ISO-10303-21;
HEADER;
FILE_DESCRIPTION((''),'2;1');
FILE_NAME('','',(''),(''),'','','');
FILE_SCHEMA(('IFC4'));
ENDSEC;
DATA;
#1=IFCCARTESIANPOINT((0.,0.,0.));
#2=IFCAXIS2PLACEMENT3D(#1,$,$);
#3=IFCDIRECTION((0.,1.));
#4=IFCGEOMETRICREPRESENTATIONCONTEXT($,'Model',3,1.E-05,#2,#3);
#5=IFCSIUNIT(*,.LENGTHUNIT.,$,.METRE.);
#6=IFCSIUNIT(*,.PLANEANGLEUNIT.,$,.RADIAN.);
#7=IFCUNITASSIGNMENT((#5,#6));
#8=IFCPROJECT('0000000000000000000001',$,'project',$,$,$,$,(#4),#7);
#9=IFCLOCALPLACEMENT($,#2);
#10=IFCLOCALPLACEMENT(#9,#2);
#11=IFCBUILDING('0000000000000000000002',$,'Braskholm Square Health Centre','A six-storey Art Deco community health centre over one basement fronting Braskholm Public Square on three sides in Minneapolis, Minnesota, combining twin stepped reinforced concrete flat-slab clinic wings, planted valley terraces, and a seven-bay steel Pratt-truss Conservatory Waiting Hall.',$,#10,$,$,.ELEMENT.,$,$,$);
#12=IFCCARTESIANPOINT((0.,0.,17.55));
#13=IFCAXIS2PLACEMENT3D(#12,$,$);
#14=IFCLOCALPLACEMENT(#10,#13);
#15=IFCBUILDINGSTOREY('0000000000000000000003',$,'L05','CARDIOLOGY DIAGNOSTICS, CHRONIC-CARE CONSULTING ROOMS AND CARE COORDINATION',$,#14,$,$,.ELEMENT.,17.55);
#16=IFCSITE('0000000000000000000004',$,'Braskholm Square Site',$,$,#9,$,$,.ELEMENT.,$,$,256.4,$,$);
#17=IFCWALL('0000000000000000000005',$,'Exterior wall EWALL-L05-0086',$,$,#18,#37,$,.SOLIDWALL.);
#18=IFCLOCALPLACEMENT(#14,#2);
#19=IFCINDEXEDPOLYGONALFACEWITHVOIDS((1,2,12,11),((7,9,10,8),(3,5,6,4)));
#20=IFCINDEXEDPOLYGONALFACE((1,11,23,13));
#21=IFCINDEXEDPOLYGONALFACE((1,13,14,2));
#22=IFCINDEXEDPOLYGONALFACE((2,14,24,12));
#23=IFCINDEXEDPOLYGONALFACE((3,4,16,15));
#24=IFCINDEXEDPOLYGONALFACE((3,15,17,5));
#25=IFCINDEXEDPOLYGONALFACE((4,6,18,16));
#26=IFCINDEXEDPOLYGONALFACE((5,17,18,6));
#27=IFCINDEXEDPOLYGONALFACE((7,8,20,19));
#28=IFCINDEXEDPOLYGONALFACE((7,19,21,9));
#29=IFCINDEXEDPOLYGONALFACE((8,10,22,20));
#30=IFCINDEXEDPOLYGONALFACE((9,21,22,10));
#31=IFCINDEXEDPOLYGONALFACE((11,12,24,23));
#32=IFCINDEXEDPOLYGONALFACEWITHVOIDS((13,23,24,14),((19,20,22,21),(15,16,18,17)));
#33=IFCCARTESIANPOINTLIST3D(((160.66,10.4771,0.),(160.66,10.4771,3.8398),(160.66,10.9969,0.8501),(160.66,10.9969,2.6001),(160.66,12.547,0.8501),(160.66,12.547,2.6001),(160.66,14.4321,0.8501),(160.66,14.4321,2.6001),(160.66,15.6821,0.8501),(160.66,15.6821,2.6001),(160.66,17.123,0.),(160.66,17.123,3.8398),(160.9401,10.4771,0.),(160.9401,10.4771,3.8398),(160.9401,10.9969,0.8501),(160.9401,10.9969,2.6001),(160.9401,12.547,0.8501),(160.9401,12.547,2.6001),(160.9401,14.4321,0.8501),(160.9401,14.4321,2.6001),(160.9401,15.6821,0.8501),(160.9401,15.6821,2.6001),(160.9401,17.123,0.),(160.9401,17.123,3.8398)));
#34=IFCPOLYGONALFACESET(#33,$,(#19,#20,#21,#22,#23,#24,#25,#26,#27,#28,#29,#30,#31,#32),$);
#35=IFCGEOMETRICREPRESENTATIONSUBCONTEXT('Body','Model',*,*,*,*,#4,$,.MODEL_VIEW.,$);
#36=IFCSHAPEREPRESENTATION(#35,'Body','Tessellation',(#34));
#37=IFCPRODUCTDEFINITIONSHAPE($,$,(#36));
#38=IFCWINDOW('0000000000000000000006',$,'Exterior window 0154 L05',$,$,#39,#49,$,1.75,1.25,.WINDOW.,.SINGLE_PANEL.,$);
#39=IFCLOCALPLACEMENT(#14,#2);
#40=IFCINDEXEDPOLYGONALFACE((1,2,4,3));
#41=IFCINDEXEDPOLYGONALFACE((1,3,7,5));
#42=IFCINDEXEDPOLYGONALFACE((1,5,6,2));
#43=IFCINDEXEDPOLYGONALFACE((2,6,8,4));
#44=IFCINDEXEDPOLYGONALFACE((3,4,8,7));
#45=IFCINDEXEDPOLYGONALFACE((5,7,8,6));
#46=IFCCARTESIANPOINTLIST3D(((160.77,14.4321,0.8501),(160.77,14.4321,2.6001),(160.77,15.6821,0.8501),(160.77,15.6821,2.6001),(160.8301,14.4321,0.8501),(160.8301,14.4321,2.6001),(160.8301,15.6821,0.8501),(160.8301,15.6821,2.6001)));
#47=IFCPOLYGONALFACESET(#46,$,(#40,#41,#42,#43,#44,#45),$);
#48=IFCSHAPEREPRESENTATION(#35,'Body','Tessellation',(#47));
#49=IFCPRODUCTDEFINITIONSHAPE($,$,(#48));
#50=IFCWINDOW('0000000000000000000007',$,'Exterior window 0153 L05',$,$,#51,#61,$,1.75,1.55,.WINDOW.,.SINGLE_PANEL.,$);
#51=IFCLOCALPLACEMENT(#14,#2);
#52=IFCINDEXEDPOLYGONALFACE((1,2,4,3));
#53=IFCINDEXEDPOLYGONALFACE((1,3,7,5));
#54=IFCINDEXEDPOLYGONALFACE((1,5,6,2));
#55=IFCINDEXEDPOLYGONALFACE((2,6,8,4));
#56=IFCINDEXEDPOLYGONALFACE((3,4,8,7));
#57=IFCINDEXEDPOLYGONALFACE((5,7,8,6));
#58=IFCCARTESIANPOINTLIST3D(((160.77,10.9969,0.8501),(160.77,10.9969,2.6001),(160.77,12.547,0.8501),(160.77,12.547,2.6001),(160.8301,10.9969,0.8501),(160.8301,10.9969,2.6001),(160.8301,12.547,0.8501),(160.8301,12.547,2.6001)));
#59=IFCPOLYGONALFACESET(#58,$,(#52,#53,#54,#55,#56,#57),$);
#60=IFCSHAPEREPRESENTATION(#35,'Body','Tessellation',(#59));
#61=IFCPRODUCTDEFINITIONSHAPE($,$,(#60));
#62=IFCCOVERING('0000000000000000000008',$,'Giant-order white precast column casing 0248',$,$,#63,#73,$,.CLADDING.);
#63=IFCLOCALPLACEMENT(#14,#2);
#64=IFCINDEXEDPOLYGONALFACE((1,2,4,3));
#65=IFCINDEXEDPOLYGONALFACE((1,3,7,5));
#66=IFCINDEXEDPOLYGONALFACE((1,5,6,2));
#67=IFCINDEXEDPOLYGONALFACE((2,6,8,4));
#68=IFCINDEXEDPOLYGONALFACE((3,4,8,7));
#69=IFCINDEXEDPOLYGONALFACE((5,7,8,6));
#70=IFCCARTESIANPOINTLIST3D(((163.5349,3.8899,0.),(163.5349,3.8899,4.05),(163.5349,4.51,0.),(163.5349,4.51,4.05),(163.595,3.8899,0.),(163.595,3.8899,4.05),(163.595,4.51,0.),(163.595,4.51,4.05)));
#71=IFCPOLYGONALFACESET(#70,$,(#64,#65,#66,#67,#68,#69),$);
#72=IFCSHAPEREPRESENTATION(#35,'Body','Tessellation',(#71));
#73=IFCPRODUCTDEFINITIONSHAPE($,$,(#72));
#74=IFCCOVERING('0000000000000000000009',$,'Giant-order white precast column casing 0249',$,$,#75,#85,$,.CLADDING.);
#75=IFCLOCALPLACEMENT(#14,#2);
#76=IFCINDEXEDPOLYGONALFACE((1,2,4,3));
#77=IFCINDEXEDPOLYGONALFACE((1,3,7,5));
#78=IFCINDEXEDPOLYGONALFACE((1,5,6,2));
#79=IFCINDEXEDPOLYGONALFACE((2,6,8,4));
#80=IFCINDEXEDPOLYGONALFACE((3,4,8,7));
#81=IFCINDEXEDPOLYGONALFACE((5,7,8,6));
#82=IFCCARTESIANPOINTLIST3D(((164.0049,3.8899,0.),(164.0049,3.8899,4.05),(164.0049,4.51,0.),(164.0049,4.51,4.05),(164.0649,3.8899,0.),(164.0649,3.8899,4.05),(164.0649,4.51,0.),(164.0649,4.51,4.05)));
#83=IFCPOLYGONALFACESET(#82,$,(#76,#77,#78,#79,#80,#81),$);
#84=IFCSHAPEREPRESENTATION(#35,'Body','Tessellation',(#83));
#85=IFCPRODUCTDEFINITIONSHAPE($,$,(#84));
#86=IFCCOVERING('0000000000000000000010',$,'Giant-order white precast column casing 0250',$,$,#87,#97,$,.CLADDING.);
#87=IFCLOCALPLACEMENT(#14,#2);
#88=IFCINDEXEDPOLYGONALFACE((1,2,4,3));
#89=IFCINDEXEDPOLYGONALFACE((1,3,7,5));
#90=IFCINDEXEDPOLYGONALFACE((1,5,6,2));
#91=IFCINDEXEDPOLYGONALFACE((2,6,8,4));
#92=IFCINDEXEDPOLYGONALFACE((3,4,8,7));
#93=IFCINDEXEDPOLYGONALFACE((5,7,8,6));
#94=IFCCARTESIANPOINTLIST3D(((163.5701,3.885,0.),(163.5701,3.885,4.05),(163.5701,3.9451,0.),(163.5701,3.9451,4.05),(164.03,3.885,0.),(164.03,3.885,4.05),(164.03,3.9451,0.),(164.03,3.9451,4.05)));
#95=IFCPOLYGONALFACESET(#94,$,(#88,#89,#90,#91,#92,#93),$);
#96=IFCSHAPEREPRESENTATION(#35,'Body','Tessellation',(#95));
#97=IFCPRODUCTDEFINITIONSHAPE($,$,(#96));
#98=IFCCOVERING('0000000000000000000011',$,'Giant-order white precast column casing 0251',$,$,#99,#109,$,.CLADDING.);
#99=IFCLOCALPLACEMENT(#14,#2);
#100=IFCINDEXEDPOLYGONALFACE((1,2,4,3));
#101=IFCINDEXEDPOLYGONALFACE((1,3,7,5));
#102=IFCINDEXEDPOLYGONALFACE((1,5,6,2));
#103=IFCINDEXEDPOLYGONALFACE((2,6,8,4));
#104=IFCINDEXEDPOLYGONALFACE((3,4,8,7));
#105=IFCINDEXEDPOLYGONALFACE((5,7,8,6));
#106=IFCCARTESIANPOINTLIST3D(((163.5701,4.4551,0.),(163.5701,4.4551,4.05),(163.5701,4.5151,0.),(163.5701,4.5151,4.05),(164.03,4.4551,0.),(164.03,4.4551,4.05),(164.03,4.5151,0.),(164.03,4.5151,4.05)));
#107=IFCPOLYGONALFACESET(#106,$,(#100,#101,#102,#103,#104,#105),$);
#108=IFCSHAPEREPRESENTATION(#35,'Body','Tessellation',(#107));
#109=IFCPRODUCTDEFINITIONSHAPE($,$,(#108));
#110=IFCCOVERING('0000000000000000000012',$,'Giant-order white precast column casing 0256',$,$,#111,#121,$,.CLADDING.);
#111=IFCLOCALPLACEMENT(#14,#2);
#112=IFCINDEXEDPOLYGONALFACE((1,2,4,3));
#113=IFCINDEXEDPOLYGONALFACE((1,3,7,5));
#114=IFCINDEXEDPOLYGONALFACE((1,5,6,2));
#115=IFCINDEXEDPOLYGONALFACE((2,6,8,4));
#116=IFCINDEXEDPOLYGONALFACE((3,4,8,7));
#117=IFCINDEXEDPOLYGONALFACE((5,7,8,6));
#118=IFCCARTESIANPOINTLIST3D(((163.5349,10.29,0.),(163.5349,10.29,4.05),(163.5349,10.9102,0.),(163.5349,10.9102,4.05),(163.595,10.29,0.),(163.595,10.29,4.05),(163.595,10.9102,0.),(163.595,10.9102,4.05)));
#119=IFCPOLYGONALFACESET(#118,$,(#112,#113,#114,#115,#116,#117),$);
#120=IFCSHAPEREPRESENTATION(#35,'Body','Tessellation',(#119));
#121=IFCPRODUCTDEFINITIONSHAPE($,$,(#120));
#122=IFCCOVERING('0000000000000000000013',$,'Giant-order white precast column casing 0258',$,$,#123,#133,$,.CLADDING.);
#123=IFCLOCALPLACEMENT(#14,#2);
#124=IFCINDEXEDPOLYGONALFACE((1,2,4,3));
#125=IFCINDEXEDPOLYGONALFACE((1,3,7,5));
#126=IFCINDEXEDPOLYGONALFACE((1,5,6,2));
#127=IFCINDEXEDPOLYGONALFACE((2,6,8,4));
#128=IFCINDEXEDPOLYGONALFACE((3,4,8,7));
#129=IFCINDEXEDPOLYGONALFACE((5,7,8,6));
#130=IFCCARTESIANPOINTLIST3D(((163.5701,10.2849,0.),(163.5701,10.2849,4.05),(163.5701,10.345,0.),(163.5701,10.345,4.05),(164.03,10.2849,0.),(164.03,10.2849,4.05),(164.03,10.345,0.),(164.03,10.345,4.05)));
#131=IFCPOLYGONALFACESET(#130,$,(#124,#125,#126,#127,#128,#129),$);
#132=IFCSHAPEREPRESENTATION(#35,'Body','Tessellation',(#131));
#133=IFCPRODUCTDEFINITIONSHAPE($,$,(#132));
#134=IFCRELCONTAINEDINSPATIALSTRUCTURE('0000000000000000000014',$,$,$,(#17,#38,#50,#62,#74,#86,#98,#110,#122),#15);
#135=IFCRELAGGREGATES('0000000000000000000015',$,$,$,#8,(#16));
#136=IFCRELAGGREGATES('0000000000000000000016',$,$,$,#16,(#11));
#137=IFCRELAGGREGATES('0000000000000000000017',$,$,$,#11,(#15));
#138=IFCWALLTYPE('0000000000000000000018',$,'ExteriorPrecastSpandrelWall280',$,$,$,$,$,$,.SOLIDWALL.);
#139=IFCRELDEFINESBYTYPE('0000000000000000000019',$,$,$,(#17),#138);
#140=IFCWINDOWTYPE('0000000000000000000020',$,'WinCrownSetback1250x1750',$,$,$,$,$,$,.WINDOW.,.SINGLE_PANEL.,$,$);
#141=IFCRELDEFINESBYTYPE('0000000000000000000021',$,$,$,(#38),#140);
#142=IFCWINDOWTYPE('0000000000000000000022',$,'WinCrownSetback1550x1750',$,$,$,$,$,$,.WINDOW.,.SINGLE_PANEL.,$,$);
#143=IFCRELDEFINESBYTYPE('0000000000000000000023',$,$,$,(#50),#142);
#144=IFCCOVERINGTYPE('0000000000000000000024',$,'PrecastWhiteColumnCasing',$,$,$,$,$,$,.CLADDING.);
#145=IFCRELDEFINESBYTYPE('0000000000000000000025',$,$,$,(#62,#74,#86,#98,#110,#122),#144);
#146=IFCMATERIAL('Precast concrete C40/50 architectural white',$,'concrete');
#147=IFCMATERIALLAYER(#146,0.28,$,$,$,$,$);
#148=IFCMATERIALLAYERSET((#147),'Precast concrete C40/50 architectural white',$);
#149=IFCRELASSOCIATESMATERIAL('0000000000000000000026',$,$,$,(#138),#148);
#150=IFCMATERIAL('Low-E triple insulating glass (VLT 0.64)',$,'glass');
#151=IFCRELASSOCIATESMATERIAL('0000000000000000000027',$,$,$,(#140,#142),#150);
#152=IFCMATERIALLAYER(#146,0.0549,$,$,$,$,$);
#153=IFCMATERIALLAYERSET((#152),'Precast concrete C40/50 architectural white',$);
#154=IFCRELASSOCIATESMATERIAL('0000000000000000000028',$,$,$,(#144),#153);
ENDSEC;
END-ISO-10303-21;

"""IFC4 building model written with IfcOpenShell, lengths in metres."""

from ifc_helpers import new_model, si_unit, direction, frame, frame_2d, origin, origin_with_axes, origin_2d, place, context, subcontext, project, spatial, rectangle, extrude, material, layer, layer_set, type_object, element, fill, save


model = new_model("IFC4")

# Units and contexts
model_context = context("Model", 3, precision=1e-05, world=origin(), true_north=direction((0.0, 1.0)))
body_context = subcontext(model_context, "Body", "Model", "MODEL_VIEW")
ifc_project = project(units=[si_unit("LENGTHUNIT", "METRE"), si_unit("PLANEANGLEUNIT", "RADIAN")], contexts=[model_context])

# Site, building, storey
site_placement = place(None, origin())
site = spatial("IfcSite", under=ifc_project, at=site_placement, Name="Braskholm Square Site", CompositionType="ELEMENT", RefElevation=256.4)
building_placement = place(site_placement, origin())
building = spatial("IfcBuilding", under=site, at=building_placement, Name="Braskholm Square Health Centre", Description="A six-storey Art Deco community health centre over one basement fronting Braskholm Public Square on three sides in Minneapolis, Minnesota, combining twin stepped reinforced concrete flat-slab clinic wings, planted valley terraces, and a seven-bay steel Pratt-truss Conservatory Waiting Hall.", CompositionType="ELEMENT")
storey_placement = place(building_placement, frame((0.0, 0.0, 17.55)))
storey = spatial("IfcBuildingStorey", under=building, at=storey_placement, Name="L05", Description="CARDIOLOGY DIAGNOSTICS, CHRONIC-CARE CONSULTING ROOMS AND CARE COORDINATION", CompositionType="ELEMENT", Elevation=17.55)

# Shared definitions
ifc_material_1 = material(Name="Precast concrete C40/50 architectural white", Category="concrete")

# Shared definitions
ifc_material_2 = material(Name="Low-E triple insulating glass (VLT 0.64)", Category="glass")

# Wall, openings, windows
ifc_layer_1 = layer(ifc_material_1, 0.28)
ifc_layer_set_1 = layer_set([ifc_layer_1], Name="Precast concrete C40/50 architectural white")
wall_type = type_object("IfcWallType", Name="ExteriorPrecastSpandrelWall280", PredefinedType="SOLIDWALL", material=ifc_layer_set_1)
wall_placement = place(storey_placement, frame((160.8, 10.4771, 0.0), z_axis=(0.0, 0.0, 1.0), x_axis=(0.0, 1.0, 0.0)))
wall = element("IfcWall", 1, at=wall_placement, inside=storey, type_object=wall_type, Name="Exterior wall EWALL-L05-0086", PredefinedType="SOLIDWALL", context=body_context, shape_type="SweptSolid", body=[
    extrude(rectangle(XDim=6.646, YDim=0.28, at=frame_2d((3.323, 0.0))), origin(), (0.0, 0.0, 1.0), 3.8398),
])
opening_1_placement = place(wall_placement, frame((0.52, 0.0, 0.8501)))
opening_1 = element("IfcOpeningElement", 2, at=opening_1_placement, cuts=wall, PredefinedType="OPENING", context=body_context, shape_type="SweptSolid", body=[
    extrude(rectangle(XDim=1.55, YDim=1.75, at=frame_2d((0.7749, 0.875))), frame((0.0, 0.1499, 0.0), z_axis=(0.0, -1.0, 0.0), x_axis=(1.0, 0.0, 0.0)), (0.0, 0.0, 1.0), 0.3),
])
opening_2_placement = place(wall_placement, frame((3.9551, 0.0, 0.8501)))
opening_2 = element("IfcOpeningElement", 3, at=opening_2_placement, cuts=wall, PredefinedType="OPENING", context=body_context, shape_type="SweptSolid", body=[
    extrude(rectangle(XDim=1.25, YDim=1.75, at=frame_2d((0.625, 0.875))), frame((0.0, 0.1499, 0.0), z_axis=(0.0, -1.0, 0.0), x_axis=(1.0, 0.0, 0.0)), (0.0, 0.0, 1.0), 0.3),
])
window_type_1 = type_object("IfcWindowType", Name="WinCrownSetback1250x1750", PartitioningType="SINGLE_PANEL", PredefinedType="WINDOW", material=ifc_material_2)
window_1_placement = place(opening_2_placement, origin_with_axes())
window_1 = element("IfcWindow", 4, at=window_1_placement, inside=storey, type_object=window_type_1, Name="Exterior window 0154 L05", OverallHeight=1.75, OverallWidth=1.25, PartitioningType="SINGLE_PANEL", PredefinedType="WINDOW", context=body_context, shape_type="SweptSolid", body=[
    extrude(rectangle(XDim=1.25, YDim=1.75, at=frame_2d((0.625, 0.875))), frame((0.0, 0.03, 0.0), z_axis=(0.0, -1.0, 0.0), x_axis=(1.0, 0.0, 0.0)), (0.0, 0.0, 1.0), 0.0601),
])
fill(opening_2, window_1)
window_type_2 = type_object("IfcWindowType", Name="WinCrownSetback1550x1750", PartitioningType="SINGLE_PANEL", PredefinedType="WINDOW", material=ifc_material_2)
window_2_placement = place(opening_1_placement, origin_with_axes())
window_2 = element("IfcWindow", 5, at=window_2_placement, inside=storey, type_object=window_type_2, Name="Exterior window 0153 L05", OverallHeight=1.75, OverallWidth=1.55, PartitioningType="SINGLE_PANEL", PredefinedType="WINDOW", context=body_context, shape_type="SweptSolid", body=[
    extrude(rectangle(XDim=1.55, YDim=1.75, at=frame_2d((0.7749, 0.875))), frame((0.0, 0.03, 0.0), z_axis=(0.0, -1.0, 0.0), x_axis=(1.0, 0.0, 0.0)), (0.0, 0.0, 1.0), 0.0601),
])
fill(opening_1, window_2)

# Coverings
ifc_layer_2 = layer(ifc_material_1, 0.0549)
ifc_layer_set_2 = layer_set([ifc_layer_2], Name="Precast concrete C40/50 architectural white")
covering_type = type_object("IfcCoveringType", Name="PrecastWhiteColumnCasing", PredefinedType="CLADDING", material=ifc_layer_set_2)
for number, where, z_axis, x_axis, name in (
    (6, (163.5649, 4.2, 0.0), (0.0, 0.0, 1.0), (1.0, 0.0, 0.0), "Giant-order white precast column casing 0248"),
    (7, (164.0349, 4.2, 0.0), (0.0, 0.0, 1.0), (1.0, 0.0, 0.0), "Giant-order white precast column casing 0249"),
):
    element("IfcCovering", number, at=place(storey_placement, frame(where, z_axis=z_axis, x_axis=x_axis)), inside=storey, type_object=covering_type, Name=name, PredefinedType="CLADDING", context=body_context, shape_type="SweptSolid", body=[
        extrude(rectangle(XDim=0.0601, YDim=0.6201, at=origin_2d()), origin(), (0.0, 0.0, 1.0), 4.05),
    ])
for number, where, z_axis, x_axis, name in (
    (8, (163.8, 3.915, 0.0), (0.0, 0.0, 1.0), (1.0, 0.0, 0.0), "Giant-order white precast column casing 0250"),
    (9, (163.8, 4.4851, 0.0), (0.0, 0.0, 1.0), (1.0, 0.0, 0.0), "Giant-order white precast column casing 0251"),
):
    element("IfcCovering", number, at=place(storey_placement, frame(where, z_axis=z_axis, x_axis=x_axis)), inside=storey, type_object=covering_type, Name=name, PredefinedType="CLADDING", context=body_context, shape_type="SweptSolid", body=[
        extrude(rectangle(XDim=0.46, YDim=0.0601, at=origin_2d()), origin(), (0.0, 0.0, 1.0), 4.05),
    ])
covering_1_placement = place(storey_placement, frame((163.5649, 10.6001, 0.0), z_axis=(0.0, 0.0, 1.0), x_axis=(1.0, 0.0, 0.0)))
element("IfcCovering", 10, at=covering_1_placement, inside=storey, type_object=covering_type, Name="Giant-order white precast column casing 0256", PredefinedType="CLADDING", context=body_context, shape_type="SweptSolid", body=[
    extrude(rectangle(XDim=0.0601, YDim=0.6201, at=origin_2d()), origin(), (0.0, 0.0, 1.0), 4.05),
])
covering_2_placement = place(storey_placement, frame((163.8, 10.3149, 0.0), z_axis=(0.0, 0.0, 1.0), x_axis=(1.0, 0.0, 0.0)))
element("IfcCovering", 11, at=covering_2_placement, inside=storey, type_object=covering_type, Name="Giant-order white precast column casing 0258", PredefinedType="CLADDING", context=body_context, shape_type="SweptSolid", body=[
    extrude(rectangle(XDim=0.46, YDim=0.0601, at=origin_2d()), origin(), (0.0, 0.0, 1.0), 4.05),
])

save(model, "model.ifc")
